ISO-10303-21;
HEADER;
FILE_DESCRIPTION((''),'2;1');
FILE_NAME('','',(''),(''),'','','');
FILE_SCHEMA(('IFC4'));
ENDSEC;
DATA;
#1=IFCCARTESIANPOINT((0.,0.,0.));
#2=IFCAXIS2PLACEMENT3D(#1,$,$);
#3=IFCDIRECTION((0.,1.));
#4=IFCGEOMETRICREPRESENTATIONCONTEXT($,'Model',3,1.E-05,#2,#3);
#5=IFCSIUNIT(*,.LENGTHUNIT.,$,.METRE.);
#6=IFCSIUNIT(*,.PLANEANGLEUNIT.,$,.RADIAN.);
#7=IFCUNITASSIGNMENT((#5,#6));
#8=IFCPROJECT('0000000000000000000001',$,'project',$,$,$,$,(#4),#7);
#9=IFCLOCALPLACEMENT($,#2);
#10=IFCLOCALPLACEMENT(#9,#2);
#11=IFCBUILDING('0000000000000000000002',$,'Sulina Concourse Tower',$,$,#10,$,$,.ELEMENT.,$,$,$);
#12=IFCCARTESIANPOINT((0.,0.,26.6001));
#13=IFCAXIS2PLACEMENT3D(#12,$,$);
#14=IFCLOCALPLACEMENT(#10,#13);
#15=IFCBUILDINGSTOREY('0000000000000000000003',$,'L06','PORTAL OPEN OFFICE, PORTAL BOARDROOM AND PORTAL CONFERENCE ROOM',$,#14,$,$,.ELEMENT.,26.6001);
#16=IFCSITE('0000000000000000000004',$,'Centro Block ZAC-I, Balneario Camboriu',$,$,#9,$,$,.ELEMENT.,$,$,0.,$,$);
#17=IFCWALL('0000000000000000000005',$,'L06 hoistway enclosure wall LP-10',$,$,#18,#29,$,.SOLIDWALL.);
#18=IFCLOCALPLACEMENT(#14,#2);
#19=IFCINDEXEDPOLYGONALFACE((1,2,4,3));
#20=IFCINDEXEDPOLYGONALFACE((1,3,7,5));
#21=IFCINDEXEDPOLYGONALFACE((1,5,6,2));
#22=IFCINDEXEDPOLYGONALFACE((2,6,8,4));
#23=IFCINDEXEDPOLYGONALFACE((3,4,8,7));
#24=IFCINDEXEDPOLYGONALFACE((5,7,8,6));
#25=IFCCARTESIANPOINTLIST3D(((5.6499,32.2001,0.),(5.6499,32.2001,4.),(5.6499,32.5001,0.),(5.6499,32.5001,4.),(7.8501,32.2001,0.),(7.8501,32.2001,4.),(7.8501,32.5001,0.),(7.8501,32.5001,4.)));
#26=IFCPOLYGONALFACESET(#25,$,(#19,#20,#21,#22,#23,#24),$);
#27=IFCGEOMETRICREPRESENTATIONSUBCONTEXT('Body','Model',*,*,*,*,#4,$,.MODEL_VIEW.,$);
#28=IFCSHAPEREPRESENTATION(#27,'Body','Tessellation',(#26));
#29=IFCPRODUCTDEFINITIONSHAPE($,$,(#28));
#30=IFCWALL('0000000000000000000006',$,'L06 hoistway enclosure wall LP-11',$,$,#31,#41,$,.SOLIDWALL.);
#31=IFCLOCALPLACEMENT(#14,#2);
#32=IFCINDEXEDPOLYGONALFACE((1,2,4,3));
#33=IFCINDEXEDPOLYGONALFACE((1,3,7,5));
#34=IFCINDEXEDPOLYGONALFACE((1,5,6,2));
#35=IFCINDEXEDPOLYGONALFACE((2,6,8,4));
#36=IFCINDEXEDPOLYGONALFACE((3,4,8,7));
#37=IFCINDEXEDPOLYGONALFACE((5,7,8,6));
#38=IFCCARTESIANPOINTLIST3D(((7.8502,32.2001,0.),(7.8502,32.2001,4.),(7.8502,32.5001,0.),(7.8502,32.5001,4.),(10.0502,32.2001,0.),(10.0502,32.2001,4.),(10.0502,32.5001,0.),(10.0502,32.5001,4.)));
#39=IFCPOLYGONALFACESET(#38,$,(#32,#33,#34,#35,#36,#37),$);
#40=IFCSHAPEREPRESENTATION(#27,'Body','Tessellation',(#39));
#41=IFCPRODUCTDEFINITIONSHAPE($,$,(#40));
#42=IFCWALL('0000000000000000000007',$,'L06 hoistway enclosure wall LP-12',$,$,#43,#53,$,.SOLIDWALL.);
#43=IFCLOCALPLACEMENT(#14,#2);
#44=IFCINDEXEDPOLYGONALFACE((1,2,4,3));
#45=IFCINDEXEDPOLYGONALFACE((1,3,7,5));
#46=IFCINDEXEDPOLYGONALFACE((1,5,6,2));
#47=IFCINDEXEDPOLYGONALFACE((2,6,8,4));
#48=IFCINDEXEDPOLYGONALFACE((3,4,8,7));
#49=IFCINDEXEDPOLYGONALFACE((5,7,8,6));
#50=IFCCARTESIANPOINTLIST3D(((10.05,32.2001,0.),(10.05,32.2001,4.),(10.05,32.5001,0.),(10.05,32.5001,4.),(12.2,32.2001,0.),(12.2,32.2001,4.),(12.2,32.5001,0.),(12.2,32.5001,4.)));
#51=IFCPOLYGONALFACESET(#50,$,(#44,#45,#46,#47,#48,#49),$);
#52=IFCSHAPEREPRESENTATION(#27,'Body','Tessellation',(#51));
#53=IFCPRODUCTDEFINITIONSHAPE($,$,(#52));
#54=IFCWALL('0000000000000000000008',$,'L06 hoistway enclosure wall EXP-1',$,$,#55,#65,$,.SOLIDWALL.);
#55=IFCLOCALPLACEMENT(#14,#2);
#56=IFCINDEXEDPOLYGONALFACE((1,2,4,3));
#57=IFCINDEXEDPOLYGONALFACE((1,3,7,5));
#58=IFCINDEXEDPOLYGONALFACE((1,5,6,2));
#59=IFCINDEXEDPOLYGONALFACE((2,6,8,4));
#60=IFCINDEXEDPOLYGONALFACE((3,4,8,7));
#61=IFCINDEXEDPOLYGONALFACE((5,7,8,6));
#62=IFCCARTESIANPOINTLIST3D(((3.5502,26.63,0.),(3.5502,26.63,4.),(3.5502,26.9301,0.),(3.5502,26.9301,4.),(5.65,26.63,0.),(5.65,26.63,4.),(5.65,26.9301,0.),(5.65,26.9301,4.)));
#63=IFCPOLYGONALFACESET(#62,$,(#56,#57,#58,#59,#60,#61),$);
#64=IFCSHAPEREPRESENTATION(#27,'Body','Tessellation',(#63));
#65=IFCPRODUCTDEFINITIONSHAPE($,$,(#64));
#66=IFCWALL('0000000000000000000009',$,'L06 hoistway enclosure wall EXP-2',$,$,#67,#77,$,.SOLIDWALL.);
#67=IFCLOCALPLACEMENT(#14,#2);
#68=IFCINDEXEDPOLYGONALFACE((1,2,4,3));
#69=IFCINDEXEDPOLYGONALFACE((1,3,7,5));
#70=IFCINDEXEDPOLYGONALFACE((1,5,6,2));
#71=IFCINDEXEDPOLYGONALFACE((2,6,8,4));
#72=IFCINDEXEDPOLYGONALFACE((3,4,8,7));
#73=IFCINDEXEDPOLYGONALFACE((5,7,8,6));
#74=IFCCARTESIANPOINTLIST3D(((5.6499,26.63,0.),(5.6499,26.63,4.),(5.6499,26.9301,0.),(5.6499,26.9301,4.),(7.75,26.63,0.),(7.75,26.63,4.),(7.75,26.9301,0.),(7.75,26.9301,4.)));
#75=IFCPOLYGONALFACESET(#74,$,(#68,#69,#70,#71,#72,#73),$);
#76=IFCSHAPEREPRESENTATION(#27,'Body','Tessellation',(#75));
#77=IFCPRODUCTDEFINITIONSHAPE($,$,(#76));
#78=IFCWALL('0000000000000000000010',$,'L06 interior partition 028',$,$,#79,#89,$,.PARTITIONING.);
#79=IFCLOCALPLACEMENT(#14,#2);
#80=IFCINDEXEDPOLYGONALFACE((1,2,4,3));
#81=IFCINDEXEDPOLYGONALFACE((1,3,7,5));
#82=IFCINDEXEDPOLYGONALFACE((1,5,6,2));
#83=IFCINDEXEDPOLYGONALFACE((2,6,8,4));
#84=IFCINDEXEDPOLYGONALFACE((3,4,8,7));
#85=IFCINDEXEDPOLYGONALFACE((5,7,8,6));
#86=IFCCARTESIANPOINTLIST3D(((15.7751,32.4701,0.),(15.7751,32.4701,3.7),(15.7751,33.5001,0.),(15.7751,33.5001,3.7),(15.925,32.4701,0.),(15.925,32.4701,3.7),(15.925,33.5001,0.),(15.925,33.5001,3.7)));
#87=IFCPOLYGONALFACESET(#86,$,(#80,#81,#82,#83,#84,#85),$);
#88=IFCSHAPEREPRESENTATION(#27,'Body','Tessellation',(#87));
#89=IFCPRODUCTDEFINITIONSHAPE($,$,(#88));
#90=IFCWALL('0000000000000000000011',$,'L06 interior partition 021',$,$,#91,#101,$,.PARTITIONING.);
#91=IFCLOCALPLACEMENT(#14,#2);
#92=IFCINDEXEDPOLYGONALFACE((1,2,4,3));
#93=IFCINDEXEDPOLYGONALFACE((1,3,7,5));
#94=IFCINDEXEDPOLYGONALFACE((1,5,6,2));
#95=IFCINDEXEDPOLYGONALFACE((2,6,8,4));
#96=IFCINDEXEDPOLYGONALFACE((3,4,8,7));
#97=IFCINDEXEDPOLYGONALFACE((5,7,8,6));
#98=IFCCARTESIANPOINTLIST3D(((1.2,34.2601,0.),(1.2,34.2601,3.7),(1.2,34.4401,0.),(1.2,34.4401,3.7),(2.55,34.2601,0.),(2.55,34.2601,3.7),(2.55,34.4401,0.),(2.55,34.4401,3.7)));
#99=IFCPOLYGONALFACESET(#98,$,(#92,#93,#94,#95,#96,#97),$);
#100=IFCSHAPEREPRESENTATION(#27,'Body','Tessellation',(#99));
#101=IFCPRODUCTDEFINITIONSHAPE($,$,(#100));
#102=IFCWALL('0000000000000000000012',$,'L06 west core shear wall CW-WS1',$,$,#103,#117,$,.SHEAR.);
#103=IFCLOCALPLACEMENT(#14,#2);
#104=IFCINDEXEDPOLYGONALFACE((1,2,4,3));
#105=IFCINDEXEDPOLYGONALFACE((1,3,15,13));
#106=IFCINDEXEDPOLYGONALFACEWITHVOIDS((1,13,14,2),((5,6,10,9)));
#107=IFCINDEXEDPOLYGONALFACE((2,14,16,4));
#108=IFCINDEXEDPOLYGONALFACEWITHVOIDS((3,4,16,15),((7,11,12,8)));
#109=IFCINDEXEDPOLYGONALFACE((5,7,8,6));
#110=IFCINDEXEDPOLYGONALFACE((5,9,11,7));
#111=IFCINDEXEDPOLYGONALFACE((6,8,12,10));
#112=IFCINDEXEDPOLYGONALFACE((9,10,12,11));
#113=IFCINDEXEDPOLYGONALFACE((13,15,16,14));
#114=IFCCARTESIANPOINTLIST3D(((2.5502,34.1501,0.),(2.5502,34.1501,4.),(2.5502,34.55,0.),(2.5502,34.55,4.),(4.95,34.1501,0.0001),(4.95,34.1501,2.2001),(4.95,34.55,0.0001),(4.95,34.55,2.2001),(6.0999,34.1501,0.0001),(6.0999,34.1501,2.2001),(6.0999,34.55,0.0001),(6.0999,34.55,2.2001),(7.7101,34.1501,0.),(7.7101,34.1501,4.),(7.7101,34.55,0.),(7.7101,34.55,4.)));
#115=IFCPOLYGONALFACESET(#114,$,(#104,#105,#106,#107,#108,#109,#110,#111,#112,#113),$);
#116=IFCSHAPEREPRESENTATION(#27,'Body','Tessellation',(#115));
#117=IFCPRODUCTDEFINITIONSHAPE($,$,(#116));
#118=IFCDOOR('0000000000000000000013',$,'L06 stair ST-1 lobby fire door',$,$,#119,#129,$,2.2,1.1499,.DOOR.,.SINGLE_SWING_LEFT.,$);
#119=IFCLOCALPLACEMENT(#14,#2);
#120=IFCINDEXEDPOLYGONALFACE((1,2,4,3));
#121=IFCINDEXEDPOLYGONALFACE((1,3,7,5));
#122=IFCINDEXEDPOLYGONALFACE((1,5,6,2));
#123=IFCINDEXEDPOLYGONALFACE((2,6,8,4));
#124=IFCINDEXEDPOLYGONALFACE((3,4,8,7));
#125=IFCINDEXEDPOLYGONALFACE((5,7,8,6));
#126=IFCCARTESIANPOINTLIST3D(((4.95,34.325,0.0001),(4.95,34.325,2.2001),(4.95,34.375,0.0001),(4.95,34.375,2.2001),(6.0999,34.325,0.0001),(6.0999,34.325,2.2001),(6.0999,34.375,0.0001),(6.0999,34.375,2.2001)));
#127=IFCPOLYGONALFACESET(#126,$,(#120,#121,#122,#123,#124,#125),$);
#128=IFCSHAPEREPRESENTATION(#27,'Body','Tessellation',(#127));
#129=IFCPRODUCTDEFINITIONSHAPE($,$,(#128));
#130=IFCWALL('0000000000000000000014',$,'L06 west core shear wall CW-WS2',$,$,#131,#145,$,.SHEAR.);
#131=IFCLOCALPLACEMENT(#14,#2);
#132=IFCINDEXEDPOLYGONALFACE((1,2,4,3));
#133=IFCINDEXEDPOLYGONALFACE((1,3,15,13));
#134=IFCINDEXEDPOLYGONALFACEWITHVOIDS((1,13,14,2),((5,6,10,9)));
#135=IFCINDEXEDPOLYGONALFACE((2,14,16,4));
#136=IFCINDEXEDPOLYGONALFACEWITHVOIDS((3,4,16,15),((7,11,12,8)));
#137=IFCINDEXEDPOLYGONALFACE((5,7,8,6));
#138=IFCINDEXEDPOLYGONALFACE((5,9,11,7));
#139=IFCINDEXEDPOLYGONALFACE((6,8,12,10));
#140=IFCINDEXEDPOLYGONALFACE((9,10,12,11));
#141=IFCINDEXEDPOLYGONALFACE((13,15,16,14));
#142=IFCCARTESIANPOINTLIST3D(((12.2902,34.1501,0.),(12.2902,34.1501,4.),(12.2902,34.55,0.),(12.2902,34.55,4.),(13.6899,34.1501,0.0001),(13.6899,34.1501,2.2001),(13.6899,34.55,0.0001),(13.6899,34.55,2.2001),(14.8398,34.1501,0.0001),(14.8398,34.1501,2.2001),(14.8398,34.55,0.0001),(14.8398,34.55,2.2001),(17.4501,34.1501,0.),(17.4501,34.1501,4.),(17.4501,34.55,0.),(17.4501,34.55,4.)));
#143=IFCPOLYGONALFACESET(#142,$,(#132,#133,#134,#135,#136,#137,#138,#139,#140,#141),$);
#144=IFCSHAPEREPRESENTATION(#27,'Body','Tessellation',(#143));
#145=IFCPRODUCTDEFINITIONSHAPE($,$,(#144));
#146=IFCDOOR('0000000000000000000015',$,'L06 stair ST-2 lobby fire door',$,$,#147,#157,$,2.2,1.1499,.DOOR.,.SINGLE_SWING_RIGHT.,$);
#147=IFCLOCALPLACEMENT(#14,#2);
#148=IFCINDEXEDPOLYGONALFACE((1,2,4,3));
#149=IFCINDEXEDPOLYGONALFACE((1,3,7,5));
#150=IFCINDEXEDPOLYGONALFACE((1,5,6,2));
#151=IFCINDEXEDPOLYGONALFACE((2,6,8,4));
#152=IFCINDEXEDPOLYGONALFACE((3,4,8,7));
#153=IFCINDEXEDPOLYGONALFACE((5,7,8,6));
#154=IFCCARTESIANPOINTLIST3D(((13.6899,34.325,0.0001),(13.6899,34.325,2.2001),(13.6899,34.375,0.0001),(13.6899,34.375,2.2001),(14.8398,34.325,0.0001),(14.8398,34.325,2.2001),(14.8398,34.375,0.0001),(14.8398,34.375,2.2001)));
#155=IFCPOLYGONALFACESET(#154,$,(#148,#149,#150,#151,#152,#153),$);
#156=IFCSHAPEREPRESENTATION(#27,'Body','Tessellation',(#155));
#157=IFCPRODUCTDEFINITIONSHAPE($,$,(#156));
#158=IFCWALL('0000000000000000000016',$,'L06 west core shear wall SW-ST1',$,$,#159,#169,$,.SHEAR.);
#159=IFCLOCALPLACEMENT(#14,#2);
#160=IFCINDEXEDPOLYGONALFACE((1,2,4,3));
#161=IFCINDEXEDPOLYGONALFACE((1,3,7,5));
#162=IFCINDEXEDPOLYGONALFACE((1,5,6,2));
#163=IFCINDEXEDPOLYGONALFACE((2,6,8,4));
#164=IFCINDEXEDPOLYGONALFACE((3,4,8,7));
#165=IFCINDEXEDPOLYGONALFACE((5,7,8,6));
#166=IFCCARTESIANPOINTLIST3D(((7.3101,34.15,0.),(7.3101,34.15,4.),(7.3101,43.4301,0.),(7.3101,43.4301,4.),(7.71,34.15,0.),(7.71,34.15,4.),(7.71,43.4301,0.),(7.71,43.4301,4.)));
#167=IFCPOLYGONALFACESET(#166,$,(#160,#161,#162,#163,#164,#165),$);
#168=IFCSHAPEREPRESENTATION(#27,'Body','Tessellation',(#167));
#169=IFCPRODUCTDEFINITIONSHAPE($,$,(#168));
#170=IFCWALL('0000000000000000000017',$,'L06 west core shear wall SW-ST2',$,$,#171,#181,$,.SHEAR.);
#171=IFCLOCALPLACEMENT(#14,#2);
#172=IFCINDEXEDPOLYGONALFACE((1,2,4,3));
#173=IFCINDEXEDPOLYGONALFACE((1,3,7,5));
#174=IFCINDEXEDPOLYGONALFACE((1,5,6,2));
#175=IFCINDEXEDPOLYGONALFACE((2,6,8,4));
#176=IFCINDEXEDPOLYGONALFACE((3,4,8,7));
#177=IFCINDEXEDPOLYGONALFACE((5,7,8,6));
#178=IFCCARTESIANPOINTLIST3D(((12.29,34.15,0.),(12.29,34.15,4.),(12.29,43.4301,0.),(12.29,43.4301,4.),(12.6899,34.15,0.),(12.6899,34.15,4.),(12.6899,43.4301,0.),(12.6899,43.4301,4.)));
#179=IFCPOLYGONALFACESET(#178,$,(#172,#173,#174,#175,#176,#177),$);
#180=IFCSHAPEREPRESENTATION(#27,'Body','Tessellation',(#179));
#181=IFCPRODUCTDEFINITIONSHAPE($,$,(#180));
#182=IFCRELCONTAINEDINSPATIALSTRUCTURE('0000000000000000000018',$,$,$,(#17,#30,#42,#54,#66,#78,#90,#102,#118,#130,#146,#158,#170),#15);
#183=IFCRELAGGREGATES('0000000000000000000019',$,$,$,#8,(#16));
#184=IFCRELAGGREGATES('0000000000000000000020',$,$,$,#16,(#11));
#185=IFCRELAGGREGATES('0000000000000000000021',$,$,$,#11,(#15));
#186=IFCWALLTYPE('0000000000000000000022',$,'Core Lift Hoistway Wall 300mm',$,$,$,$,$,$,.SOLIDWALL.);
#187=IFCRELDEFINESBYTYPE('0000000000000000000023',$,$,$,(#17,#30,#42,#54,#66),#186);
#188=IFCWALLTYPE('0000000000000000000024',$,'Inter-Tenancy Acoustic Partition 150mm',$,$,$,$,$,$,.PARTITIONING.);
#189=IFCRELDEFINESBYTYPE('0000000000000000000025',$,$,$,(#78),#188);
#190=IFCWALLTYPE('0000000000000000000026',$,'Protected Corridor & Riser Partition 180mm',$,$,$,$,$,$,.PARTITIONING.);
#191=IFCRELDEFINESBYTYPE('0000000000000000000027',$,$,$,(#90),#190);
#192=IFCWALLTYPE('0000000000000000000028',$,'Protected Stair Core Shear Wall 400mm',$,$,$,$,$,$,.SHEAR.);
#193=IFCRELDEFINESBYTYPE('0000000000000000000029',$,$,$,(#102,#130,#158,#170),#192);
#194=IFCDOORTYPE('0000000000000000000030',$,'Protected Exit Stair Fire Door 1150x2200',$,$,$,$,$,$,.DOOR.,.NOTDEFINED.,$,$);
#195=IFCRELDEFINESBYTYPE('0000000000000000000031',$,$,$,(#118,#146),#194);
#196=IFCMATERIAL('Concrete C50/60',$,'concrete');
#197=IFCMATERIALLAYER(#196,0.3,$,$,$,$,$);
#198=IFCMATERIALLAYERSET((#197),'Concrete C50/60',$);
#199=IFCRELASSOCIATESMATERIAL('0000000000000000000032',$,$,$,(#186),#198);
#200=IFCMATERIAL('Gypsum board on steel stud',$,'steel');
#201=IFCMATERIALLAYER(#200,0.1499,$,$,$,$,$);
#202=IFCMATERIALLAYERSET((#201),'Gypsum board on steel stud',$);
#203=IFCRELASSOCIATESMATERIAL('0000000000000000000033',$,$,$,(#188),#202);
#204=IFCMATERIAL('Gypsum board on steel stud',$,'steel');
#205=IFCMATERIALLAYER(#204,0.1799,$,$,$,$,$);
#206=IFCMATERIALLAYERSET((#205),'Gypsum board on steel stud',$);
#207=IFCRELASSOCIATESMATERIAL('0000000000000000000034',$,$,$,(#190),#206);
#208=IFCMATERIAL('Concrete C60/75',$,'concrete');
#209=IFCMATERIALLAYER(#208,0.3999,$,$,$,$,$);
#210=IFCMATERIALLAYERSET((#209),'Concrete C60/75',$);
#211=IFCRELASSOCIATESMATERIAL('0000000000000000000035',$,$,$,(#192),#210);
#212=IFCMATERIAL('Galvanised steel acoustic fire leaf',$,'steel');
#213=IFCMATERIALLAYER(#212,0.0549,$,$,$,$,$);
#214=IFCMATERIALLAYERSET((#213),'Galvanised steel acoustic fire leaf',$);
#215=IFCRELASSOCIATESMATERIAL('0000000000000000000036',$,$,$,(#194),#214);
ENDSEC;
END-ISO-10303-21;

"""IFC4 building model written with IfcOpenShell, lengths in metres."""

from ifc_helpers import new_model, si_unit, direction, frame, frame_2d, origin, place, context, subcontext, project, spatial, rectangle, extrude, material, layer, layer_set, type_object, element, fill, save


model = new_model("IFC4")

# Units and contexts
model_context = context("Model", 3, precision=1e-05, world=origin(), true_north=direction((0.0, 1.0)))
body_context = subcontext(model_context, "Body", "Model", "MODEL_VIEW")
ifc_project = project(units=[si_unit("LENGTHUNIT", "METRE"), si_unit("PLANEANGLEUNIT", "RADIAN")], contexts=[model_context])

# Site, building, storey
site_placement = place(None, origin())
site = spatial("IfcSite", under=ifc_project, at=site_placement, Name="Centro Block ZAC-I, Balneario Camboriu", CompositionType="ELEMENT", RefElevation=0.0)
building_placement = place(site_placement, origin())
building = spatial("IfcBuilding", under=site, at=building_placement, Name="Sulina Concourse Tower", CompositionType="ELEMENT")
storey_placement = place(building_placement, frame((0.0, 0.0, 26.6001)))
storey = spatial("IfcBuildingStorey", under=building, at=storey_placement, Name="L06", Description="PORTAL OPEN OFFICE, PORTAL BOARDROOM AND PORTAL CONFERENCE ROOM", CompositionType="ELEMENT", Elevation=26.6001)

# Walls
ifc_material_1 = material(Name="Concrete C50/60", Category="concrete")
ifc_layer_1 = layer(ifc_material_1, 0.3)
ifc_layer_set_1 = layer_set([ifc_layer_1], Name="Concrete C50/60")
wall_type_1 = type_object("IfcWallType", Name="Core Lift Hoistway Wall 300mm", PredefinedType="SOLIDWALL", material=ifc_layer_set_1)
wall_1_placement = place(storey_placement, frame((5.6499, 32.3501, 0.0), z_axis=(0.0, 0.0, 1.0), x_axis=(1.0, 0.0, 0.0)))
element("IfcWall", 1, at=wall_1_placement, inside=storey, type_object=wall_type_1, Name="L06 hoistway enclosure wall LP-10", PredefinedType="SOLIDWALL", context=body_context, shape_type="SweptSolid", body=[
    extrude(rectangle(XDim=2.2002, YDim=0.3, at=frame_2d((1.1001, 0.0))), origin(), (0.0, 0.0, 1.0), 4.0),
])
wall_2_placement = place(storey_placement, frame((7.8501, 32.3501, 0.0), z_axis=(0.0, 0.0, 1.0), x_axis=(1.0, 0.0, 0.0)))
element("IfcWall", 2, at=wall_2_placement, inside=storey, type_object=wall_type_1, Name="L06 hoistway enclosure wall LP-11", PredefinedType="SOLIDWALL", context=body_context, shape_type="SweptSolid", body=[
    extrude(rectangle(XDim=2.2, YDim=0.3, at=frame_2d((1.1001, 0.0))), origin(), (0.0, 0.0, 1.0), 4.0),
])
wall_3_placement = place(storey_placement, frame((10.05, 32.3501, 0.0), z_axis=(0.0, 0.0, 1.0), x_axis=(1.0, 0.0, 0.0)))
element("IfcWall", 3, at=wall_3_placement, inside=storey, type_object=wall_type_1, Name="L06 hoistway enclosure wall LP-12", PredefinedType="SOLIDWALL", context=body_context, shape_type="SweptSolid", body=[
    extrude(rectangle(XDim=2.1499, YDim=0.3, at=frame_2d((1.075, 0.0))), origin(), (0.0, 0.0, 1.0), 4.0),
])
wall_4_placement = place(storey_placement, frame((5.6499, 26.78, 0.0), z_axis=(0.0, 0.0, 1.0), x_axis=(-1.0, 0.0, 0.0)))
element("IfcWall", 4, at=wall_4_placement, inside=storey, type_object=wall_type_1, Name="L06 hoistway enclosure wall EXP-1", PredefinedType="SOLIDWALL", context=body_context, shape_type="SweptSolid", body=[
    extrude(rectangle(XDim=2.0999, YDim=0.3, at=frame_2d((1.0498, 0.0))), origin(), (0.0, 0.0, 1.0), 4.0),
])
wall_5_placement = place(storey_placement, frame((7.75, 26.78, 0.0), z_axis=(0.0, 0.0, 1.0), x_axis=(-1.0, 0.0, 0.0)))
element("IfcWall", 5, at=wall_5_placement, inside=storey, type_object=wall_type_1, Name="L06 hoistway enclosure wall EXP-2", PredefinedType="SOLIDWALL", context=body_context, shape_type="SweptSolid", body=[
    extrude(rectangle(XDim=2.1001, YDim=0.3, at=frame_2d((1.05, 0.0))), origin(), (0.0, 0.0, 1.0), 4.0),
])
ifc_material_2 = material(Name="Gypsum board on steel stud", Category="steel")
ifc_layer_2 = layer(ifc_material_2, 0.1499)
ifc_layer_set_2 = layer_set([ifc_layer_2], Name="Gypsum board on steel stud")
wall_type_2 = type_object("IfcWallType", Name="Inter-Tenancy Acoustic Partition 150mm", PredefinedType="PARTITIONING", material=ifc_layer_set_2)
wall_6_placement = place(storey_placement, frame((15.8501, 32.47, 0.0), z_axis=(0.0, 0.0, 1.0), x_axis=(0.0, 1.0, 0.0)))
element("IfcWall", 6, at=wall_6_placement, inside=storey, type_object=wall_type_2, Name="L06 interior partition 028", PredefinedType="PARTITIONING", context=body_context, shape_type="SweptSolid", body=[
    extrude(rectangle(XDim=1.03, YDim=0.1499, at=frame_2d((0.5151, 0.0))), origin(), (0.0, 0.0, 1.0), 3.7),
])
ifc_material_3 = material(Name="Gypsum board on steel stud", Category="steel")
ifc_layer_3 = layer(ifc_material_3, 0.1799)
ifc_layer_set_3 = layer_set([ifc_layer_3], Name="Gypsum board on steel stud")
wall_type_3 = type_object("IfcWallType", Name="Protected Corridor & Riser Partition 180mm", PredefinedType="PARTITIONING", material=ifc_layer_set_3)
wall_7_placement = place(storey_placement, frame((1.2, 34.3501, 0.0), z_axis=(0.0, 0.0, 1.0), x_axis=(1.0, 0.0, 0.0)))
element("IfcWall", 7, at=wall_7_placement, inside=storey, type_object=wall_type_3, Name="L06 interior partition 021", PredefinedType="PARTITIONING", context=body_context, shape_type="SweptSolid", body=[
    extrude(rectangle(XDim=1.3501, YDim=0.1799, at=frame_2d((0.675, 0.0))), origin(), (0.0, 0.0, 1.0), 3.7),
])

# Walls, openings, doors
ifc_material_4 = material(Name="Concrete C60/75", Category="concrete")
ifc_layer_4 = layer(ifc_material_4, 0.3999)
ifc_layer_set_4 = layer_set([ifc_layer_4], Name="Concrete C60/75")
wall_type_4 = type_object("IfcWallType", Name="Protected Stair Core Shear Wall 400mm", PredefinedType="SHEAR", material=ifc_layer_set_4)
wall_8_placement = place(storey_placement, frame((2.55, 34.3501, 0.0), z_axis=(0.0, 0.0, 1.0), x_axis=(1.0, 0.0, 0.0)))
wall_8 = element("IfcWall", 8, at=wall_8_placement, inside=storey, type_object=wall_type_4, Name="L06 west core shear wall CW-WS1", PredefinedType="SHEAR", context=body_context, shape_type="SweptSolid", body=[
    extrude(rectangle(XDim=5.1599, YDim=0.3999, at=frame_2d((2.5801, 0.0))), origin(), (0.0, 0.0, 1.0), 4.0),
])
opening_1_placement = place(wall_8_placement, frame((2.3999, 0.0, 0.0)))
opening_1 = element("IfcOpeningElement", 9, at=opening_1_placement, cuts=wall_8, PredefinedType="OPENING", context=body_context, shape_type="SweptSolid", body=[
    extrude(rectangle(XDim=1.1499, YDim=2.2, at=frame_2d((0.575, 1.1001))), frame((0.0, 0.21, 0.0), z_axis=(0.0, -1.0, 0.0), x_axis=(1.0, 0.0, 0.0)), (0.0, 0.0, 1.0), 0.4199),
])
ifc_material_5 = material(Name="Galvanised steel acoustic fire leaf", Category="steel")
ifc_layer_5 = layer(ifc_material_5, 0.0549)
ifc_layer_set_5 = layer_set([ifc_layer_5], Name="Galvanised steel acoustic fire leaf")
door_type_1 = type_object("IfcDoorType", Name="Protected Exit Stair Fire Door 1150x2200", OperationType="NOTDEFINED", PredefinedType="DOOR", material=ifc_layer_set_5)
door_1_placement = place(opening_1_placement, origin())
door_1 = element("IfcDoor", 10, at=door_1_placement, inside=storey, type_object=door_type_1, Name="L06 stair ST-1 lobby fire door", OperationType="SINGLE_SWING_LEFT", OverallHeight=2.2, OverallWidth=1.1499, PredefinedType="DOOR", context=body_context, shape_type="SweptSolid", body=[
    extrude(rectangle(XDim=1.1499, YDim=2.2, at=frame_2d((0.575, 1.1001))), frame((0.0, 0.0249, 0.0), z_axis=(0.0, -1.0, 0.0), x_axis=(1.0, 0.0, 0.0)), (0.0, 0.0, 1.0), 0.05),
])
fill(opening_1, door_1)
wall_9_placement = place(storey_placement, frame((12.29, 34.3501, 0.0), z_axis=(0.0, 0.0, 1.0), x_axis=(1.0, 0.0, 0.0)))
wall_9 = element("IfcWall", 11, at=wall_9_placement, inside=storey, type_object=wall_type_4, Name="L06 west core shear wall CW-WS2", PredefinedType="SHEAR", context=body_context, shape_type="SweptSolid", body=[
    extrude(rectangle(XDim=5.1599, YDim=0.3999, at=frame_2d((2.5801, 0.0))), origin(), (0.0, 0.0, 1.0), 4.0),
])
opening_2_placement = place(wall_9_placement, frame((1.3999, 0.0, 0.0)))
opening_2 = element("IfcOpeningElement", 12, at=opening_2_placement, cuts=wall_9, PredefinedType="OPENING", context=body_context, shape_type="SweptSolid", body=[
    extrude(rectangle(XDim=1.1499, YDim=2.2, at=frame_2d((0.575, 1.1001))), frame((0.0, 0.21, 0.0), z_axis=(0.0, -1.0, 0.0), x_axis=(1.0, 0.0, 0.0)), (0.0, 0.0, 1.0), 0.4199),
])
door_2_placement = place(opening_2_placement, origin())
door_2 = element("IfcDoor", 13, at=door_2_placement, inside=storey, type_object=door_type_1, Name="L06 stair ST-2 lobby fire door", OperationType="SINGLE_SWING_RIGHT", OverallHeight=2.2, OverallWidth=1.1499, PredefinedType="DOOR", context=body_context, shape_type="SweptSolid", body=[
    extrude(rectangle(XDim=1.1499, YDim=2.2, at=frame_2d((0.575, 1.1001))), frame((0.0, 0.0249, 0.0), z_axis=(0.0, -1.0, 0.0), x_axis=(1.0, 0.0, 0.0)), (0.0, 0.0, 1.0), 0.05),
])
fill(opening_2, door_2)

# Walls
for number, where, z_axis, x_axis, name in (
    (14, (7.51, 34.1499, 0.0), (0.0, 0.0, 1.0), (0.0, 1.0, 0.0), "L06 west core shear wall SW-ST1"),
    (15, (12.49, 34.1499, 0.0), (0.0, 0.0, 1.0), (0.0, 1.0, 0.0), "L06 west core shear wall SW-ST2"),
):
    element("IfcWall", number, at=place(storey_placement, frame(where, z_axis=z_axis, x_axis=x_axis)), inside=storey, type_object=wall_type_4, Name=name, PredefinedType="SHEAR", context=body_context, shape_type="SweptSolid", body=[
        extrude(rectangle(XDim=9.28, YDim=0.3999, at=frame_2d((4.6401, 0.0))), origin(), (0.0, 0.0, 1.0), 4.0),
    ])

save(model, "model.ifc")
